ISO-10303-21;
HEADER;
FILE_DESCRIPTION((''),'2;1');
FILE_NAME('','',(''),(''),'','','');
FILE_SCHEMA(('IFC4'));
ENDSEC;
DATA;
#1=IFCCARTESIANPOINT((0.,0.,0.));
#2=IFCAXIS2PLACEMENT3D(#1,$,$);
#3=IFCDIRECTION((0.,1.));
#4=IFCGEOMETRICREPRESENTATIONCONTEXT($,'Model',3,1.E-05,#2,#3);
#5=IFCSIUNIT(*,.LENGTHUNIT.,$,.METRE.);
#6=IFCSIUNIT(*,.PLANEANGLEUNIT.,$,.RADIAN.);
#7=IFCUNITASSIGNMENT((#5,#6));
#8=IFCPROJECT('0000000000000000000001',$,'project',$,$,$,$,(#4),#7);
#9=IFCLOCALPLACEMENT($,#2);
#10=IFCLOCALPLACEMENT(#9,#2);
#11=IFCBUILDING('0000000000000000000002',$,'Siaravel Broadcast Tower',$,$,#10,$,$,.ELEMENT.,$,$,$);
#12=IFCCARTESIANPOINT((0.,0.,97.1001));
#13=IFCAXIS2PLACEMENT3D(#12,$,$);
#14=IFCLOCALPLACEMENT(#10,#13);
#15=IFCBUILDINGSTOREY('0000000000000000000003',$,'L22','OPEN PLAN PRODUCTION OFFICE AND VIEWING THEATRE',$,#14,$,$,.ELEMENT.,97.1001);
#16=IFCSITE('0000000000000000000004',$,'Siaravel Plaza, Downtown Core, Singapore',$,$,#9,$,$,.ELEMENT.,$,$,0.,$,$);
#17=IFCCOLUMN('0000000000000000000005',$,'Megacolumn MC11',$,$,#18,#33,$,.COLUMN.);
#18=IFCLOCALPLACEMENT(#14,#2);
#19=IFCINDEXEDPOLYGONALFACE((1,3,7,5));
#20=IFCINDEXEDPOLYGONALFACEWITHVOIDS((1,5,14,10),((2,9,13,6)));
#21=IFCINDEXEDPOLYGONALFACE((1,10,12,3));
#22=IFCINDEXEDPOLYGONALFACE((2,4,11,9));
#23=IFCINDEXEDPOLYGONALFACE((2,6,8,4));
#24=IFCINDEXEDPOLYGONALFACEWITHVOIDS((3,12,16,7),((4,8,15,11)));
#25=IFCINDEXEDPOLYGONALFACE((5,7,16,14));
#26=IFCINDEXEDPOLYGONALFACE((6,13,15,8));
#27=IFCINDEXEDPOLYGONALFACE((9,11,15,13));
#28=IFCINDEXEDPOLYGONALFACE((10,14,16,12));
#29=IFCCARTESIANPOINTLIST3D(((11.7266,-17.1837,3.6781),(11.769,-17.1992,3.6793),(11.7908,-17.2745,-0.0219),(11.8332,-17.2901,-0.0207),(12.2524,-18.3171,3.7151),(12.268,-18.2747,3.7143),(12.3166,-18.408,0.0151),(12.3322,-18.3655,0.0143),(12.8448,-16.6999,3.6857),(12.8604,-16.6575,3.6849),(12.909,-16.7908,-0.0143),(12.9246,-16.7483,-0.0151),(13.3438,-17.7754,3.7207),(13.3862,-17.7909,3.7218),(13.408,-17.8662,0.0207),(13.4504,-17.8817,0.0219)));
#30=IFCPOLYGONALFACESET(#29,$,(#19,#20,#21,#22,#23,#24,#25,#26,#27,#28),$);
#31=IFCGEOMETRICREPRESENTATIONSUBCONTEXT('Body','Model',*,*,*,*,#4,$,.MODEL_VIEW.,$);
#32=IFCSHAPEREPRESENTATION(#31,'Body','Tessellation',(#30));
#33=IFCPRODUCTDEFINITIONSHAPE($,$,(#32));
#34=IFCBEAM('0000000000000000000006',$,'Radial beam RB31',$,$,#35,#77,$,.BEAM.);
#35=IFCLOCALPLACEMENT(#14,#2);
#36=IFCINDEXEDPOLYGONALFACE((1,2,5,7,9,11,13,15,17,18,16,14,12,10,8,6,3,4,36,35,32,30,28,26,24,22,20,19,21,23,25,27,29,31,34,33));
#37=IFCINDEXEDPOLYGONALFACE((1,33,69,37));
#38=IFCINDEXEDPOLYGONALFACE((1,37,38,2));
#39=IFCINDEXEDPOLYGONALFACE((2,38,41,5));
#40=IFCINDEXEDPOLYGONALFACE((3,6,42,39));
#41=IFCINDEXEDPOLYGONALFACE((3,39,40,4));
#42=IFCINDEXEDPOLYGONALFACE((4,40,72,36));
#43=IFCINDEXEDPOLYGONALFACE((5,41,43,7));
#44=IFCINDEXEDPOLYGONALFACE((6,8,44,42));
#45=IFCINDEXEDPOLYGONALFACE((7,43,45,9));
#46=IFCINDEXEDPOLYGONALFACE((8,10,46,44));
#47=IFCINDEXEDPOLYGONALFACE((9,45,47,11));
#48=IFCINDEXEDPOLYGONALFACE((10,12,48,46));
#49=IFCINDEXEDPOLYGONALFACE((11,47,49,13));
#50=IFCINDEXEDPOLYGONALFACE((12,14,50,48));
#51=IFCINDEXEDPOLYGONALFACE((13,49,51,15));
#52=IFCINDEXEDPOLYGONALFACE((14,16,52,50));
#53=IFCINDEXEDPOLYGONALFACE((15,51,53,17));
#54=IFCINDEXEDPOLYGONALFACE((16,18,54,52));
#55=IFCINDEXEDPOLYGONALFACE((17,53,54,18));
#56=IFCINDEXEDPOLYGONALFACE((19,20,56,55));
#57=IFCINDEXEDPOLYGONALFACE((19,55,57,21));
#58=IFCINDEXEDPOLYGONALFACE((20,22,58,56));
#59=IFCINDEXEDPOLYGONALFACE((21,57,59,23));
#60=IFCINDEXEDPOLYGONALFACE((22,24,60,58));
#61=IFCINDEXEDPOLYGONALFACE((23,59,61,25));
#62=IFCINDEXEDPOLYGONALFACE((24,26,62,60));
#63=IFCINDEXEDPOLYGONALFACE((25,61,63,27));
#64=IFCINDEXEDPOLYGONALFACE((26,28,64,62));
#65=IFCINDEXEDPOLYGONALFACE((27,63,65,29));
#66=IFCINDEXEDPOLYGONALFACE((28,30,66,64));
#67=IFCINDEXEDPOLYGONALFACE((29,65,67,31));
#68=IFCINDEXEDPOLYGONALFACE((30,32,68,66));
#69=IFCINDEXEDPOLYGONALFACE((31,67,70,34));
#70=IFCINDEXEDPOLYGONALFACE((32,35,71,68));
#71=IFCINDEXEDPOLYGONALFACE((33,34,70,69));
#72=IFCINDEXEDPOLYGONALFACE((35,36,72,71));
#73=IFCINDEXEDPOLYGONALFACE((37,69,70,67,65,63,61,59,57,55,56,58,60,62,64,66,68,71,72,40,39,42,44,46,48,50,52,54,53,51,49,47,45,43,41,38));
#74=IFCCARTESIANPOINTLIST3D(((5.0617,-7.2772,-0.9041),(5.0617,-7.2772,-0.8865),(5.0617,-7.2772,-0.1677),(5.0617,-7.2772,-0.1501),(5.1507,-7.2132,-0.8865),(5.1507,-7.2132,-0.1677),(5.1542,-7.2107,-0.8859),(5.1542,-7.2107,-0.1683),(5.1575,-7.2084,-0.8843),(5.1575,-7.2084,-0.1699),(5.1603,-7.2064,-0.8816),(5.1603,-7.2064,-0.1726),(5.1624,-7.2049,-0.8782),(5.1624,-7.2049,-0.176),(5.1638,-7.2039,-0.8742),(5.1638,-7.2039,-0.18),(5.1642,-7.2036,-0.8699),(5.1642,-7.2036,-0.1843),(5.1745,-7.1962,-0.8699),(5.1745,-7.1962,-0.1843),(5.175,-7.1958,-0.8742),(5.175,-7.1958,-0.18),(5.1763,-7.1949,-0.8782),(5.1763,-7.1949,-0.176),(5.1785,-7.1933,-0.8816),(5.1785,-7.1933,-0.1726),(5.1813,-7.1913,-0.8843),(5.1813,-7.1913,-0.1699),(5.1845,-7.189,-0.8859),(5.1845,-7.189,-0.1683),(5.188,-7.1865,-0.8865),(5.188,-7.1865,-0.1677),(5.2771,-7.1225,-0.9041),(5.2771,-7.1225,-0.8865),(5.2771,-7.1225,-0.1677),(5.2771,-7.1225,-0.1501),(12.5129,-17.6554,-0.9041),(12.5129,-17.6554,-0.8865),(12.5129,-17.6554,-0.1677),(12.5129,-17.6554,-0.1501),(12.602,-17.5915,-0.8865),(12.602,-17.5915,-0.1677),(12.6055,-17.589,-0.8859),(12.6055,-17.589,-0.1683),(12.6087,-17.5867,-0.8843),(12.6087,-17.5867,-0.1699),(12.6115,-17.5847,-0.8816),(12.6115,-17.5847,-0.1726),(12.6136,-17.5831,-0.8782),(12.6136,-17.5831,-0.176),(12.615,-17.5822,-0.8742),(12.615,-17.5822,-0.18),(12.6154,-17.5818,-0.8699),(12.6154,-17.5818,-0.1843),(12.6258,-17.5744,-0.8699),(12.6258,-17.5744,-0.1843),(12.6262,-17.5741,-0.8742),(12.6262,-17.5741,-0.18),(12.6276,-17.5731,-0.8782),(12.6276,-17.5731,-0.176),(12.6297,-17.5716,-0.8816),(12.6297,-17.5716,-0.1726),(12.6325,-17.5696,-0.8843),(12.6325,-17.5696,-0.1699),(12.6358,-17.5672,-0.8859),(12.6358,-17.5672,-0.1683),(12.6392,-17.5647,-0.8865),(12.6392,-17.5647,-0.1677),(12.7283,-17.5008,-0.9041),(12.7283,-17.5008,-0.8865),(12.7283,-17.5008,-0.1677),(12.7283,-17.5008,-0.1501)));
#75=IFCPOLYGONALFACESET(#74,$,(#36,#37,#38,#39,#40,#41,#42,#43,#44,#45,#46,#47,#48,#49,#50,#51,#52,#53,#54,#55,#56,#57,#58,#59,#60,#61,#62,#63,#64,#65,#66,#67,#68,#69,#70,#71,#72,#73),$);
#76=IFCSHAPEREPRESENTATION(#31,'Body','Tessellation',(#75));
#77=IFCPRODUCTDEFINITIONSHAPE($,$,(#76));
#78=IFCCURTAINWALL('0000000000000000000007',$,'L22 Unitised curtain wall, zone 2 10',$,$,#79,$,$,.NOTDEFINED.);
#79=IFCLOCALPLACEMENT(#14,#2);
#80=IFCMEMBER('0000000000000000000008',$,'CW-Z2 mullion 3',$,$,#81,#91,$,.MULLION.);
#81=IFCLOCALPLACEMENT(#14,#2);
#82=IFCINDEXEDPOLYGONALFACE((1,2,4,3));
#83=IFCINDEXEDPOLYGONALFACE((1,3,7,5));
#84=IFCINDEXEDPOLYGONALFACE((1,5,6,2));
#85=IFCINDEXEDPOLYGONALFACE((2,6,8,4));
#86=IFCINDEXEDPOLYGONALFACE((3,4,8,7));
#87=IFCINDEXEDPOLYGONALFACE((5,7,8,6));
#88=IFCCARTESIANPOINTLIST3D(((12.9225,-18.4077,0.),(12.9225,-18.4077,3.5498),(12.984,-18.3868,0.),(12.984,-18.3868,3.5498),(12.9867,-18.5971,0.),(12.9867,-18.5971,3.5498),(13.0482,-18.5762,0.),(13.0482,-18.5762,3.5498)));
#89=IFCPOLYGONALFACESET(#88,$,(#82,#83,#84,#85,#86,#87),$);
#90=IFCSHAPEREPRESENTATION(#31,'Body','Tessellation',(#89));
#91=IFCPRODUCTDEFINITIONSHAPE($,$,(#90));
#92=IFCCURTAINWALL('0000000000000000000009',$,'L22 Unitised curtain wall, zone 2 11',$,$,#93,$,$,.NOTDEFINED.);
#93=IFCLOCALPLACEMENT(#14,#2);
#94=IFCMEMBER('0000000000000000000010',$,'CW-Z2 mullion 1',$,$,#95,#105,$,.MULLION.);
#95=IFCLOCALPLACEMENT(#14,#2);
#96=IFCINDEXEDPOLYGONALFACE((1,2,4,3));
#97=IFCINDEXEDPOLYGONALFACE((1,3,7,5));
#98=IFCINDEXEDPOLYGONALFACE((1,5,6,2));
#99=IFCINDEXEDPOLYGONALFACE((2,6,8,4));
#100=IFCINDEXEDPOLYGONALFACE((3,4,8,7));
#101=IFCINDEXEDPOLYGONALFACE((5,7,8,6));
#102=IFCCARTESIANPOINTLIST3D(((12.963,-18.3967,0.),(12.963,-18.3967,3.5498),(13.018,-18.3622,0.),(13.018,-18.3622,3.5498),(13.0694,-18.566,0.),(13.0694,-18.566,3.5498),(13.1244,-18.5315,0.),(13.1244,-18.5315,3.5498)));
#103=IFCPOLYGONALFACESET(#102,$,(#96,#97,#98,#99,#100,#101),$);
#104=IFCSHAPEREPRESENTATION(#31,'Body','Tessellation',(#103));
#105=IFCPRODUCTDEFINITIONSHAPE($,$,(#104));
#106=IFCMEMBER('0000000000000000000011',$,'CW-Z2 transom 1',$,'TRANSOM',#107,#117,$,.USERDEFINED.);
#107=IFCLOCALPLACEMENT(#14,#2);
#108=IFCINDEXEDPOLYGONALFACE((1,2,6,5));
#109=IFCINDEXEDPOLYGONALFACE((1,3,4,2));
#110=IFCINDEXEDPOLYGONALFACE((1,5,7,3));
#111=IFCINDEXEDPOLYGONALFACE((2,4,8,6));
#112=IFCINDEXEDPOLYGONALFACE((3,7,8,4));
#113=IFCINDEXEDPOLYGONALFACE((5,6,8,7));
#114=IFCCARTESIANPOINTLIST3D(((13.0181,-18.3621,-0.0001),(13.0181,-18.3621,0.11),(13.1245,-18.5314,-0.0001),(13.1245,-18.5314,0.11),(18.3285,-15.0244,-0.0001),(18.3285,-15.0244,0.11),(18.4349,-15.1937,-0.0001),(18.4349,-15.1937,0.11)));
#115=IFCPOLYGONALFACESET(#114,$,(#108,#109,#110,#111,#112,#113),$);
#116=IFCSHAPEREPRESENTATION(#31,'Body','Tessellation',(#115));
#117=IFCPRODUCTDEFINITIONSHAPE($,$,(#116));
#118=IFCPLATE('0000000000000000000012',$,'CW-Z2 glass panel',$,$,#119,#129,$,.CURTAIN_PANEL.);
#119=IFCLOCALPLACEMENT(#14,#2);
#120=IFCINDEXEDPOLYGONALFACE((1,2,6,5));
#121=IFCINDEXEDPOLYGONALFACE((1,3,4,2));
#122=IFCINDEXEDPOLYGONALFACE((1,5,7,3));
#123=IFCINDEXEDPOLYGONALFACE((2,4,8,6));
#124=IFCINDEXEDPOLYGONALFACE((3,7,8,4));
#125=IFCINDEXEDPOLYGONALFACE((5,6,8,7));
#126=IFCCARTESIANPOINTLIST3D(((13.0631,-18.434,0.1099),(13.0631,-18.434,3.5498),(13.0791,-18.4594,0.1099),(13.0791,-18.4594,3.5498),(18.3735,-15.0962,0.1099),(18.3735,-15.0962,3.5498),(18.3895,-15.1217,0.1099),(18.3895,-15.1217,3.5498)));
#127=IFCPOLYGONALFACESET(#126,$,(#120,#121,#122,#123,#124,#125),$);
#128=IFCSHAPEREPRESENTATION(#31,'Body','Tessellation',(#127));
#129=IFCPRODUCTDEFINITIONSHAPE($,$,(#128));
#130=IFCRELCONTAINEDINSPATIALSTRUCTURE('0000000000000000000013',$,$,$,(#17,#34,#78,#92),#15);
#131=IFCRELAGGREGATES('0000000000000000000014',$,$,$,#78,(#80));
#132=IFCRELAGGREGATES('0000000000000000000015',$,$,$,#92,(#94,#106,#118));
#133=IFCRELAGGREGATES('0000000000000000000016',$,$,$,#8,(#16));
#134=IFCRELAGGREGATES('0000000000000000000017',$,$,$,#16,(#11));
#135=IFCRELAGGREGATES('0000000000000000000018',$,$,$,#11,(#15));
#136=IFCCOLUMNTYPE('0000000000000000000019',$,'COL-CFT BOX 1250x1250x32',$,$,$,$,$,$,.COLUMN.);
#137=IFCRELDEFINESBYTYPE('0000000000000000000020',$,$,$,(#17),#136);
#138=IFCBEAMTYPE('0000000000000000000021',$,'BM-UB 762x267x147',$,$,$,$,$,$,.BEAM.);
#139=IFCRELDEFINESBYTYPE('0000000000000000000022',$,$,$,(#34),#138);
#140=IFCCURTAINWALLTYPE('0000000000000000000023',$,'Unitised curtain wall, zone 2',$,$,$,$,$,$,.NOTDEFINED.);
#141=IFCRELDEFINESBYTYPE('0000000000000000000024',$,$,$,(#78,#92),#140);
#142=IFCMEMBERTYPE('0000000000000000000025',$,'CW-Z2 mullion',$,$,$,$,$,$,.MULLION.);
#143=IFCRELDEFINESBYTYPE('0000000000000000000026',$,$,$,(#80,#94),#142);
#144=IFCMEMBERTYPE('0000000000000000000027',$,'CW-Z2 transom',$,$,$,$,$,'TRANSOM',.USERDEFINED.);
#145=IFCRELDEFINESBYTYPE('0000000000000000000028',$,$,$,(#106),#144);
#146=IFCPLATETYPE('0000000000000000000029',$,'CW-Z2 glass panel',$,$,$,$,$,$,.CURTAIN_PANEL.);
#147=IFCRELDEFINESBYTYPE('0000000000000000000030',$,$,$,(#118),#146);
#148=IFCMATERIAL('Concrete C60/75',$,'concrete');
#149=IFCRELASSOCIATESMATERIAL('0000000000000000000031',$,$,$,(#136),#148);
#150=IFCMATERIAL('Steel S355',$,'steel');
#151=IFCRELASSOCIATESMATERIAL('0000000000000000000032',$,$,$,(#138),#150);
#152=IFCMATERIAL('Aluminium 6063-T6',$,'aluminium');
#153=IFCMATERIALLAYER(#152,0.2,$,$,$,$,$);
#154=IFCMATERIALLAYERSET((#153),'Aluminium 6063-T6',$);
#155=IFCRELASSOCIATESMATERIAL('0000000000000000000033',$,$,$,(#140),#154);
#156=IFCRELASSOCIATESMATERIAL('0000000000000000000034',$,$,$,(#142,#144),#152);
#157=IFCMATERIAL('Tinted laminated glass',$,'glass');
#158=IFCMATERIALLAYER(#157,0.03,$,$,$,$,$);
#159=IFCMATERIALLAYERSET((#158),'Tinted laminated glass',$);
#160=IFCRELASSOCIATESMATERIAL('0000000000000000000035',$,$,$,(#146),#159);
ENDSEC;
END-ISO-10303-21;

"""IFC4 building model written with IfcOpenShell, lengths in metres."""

from ifc_helpers import new_model, si_unit, direction, frame, origin, origin_2d, place, context, subcontext, project, spatial, rectangle, hollow_rectangle, i_section, extrude, material, layer, layer_set, material_profile, profile_set, type_object, element, aggregate, save


model = new_model("IFC4")

# Units and contexts
model_context = context("Model", 3, precision=1e-05, world=origin(), true_north=direction((0.0, 1.0)))
body_context = subcontext(model_context, "Body", "Model", "MODEL_VIEW")
ifc_project = project(units=[si_unit("LENGTHUNIT", "METRE"), si_unit("PLANEANGLEUNIT", "RADIAN")], contexts=[model_context])

# Site, building, storey
site_placement = place(None, origin())
site = spatial("IfcSite", under=ifc_project, at=site_placement, Name="Siaravel Plaza, Downtown Core, Singapore", CompositionType="ELEMENT", RefElevation=0.0)
building_placement = place(site_placement, origin())
building = spatial("IfcBuilding", under=site, at=building_placement, Name="Siaravel Broadcast Tower", CompositionType="ELEMENT")
storey_placement = place(building_placement, frame((0.0, 0.0, 97.1001)))
storey = spatial("IfcBuildingStorey", under=building, at=storey_placement, Name="L22", Description="OPEN PLAN PRODUCTION OFFICE AND VIEWING THEATRE", CompositionType="ELEMENT", Elevation=97.1001)

# Column
ifc_material_1 = material(Name="Concrete C60/75", Category="concrete")
ifc_material_profile_1 = material_profile(ifc_material_1, hollow_rectangle(XDim=1.25, YDim=1.25, WallThickness=0.032, at=origin_2d()))
ifc_profile_set_1 = profile_set([ifc_material_profile_1], Name="Concrete C60/75")
column_type = type_object("IfcColumnType", Name="COL-CFT BOX 1250x1250x32", PredefinedType="COLUMN", material=ifc_profile_set_1)
column_placement = place(storey_placement, frame((12.6206, -17.5781, 0.0), z_axis=(-0.017346, 0.024535, 0.999548), x_axis=(-0.907049, -0.42099, -0.005407)))
element("IfcColumn", 1, at=column_placement, inside=storey, type_object=column_type, Name="Megacolumn MC11", PredefinedType="COLUMN", context=body_context, shape_type="SweptSolid", body=[
    extrude(hollow_rectangle(XDim=1.25, YDim=1.25, WallThickness=0.032, at=origin_2d()), origin(), (0.0, 0.0, 1.0), 3.7017),
])

# Beam
ifc_material_2 = material(Name="Steel S355", Category="steel")
ifc_material_profile_2 = material_profile(ifc_material_2, i_section(OverallWidth=0.2651, OverallDepth=0.7539, WebThickness=0.0127, FlangeThickness=0.0176, FilletRadius=0.0166, at=origin_2d()))
ifc_profile_set_2 = profile_set([ifc_material_profile_2], Name="Steel S355")
beam_type = type_object("IfcBeamType", Name="BM-UB 762x267x147", PredefinedType="BEAM", material=ifc_profile_set_2)
beam_placement = place(storey_placement, frame((12.6206, -17.5781, -0.5271), z_axis=(-0.583216, 0.812317, 0.0), x_axis=(-0.812317, -0.583216, 0.0)))
element("IfcBeam", 2, at=beam_placement, inside=storey, type_object=beam_type, Name="Radial beam RB31", PredefinedType="BEAM", context=body_context, shape_type="SweptSolid", body=[
    extrude(i_section(OverallWidth=0.2651, OverallDepth=0.7539, WebThickness=0.0127, FlangeThickness=0.0176, FilletRadius=0.0166, at=origin_2d()), origin(), (0.0, 0.0, 1.0), 12.7761),
])

# Curtain wall, member
ifc_material_3 = material(Name="Aluminium 6063-T6", Category="aluminium")
ifc_layer_1 = layer(ifc_material_3, 0.2)
ifc_layer_set_1 = layer_set([ifc_layer_1], Name="Aluminium 6063-T6")
curtain_wall_type = type_object("IfcCurtainWallType", Name="Unitised curtain wall, zone 2", PredefinedType="NOTDEFINED", material=ifc_layer_set_1)
curtain_wall_1_placement = place(storey_placement, origin())
curtain_wall_1 = element("IfcCurtainWall", 3, at=curtain_wall_1_placement, inside=storey, type_object=curtain_wall_type, Name="L22 Unitised curtain wall, zone 2 10", PredefinedType="NOTDEFINED")
ifc_material_profile_3 = material_profile(ifc_material_3, rectangle(XDim=0.2, YDim=0.0649, at=origin_2d()))
ifc_profile_set_3 = profile_set([ifc_material_profile_3], Name="Aluminium 6063-T6")
member_type_1 = type_object("IfcMemberType", Name="CW-Z2 mullion", PredefinedType="MULLION", material=ifc_profile_set_3)
member_1_placement = place(storey_placement, frame((12.9854, -18.4919, 0.0), z_axis=(0.0, 0.0, 1.0), x_axis=(-0.3213, 0.946977, 0.0)))
member_1 = element("IfcMember", 4, at=member_1_placement, type_object=member_type_1, Name="CW-Z2 mullion 3", PredefinedType="MULLION", context=body_context, shape_type="SweptSolid", body=[
    extrude(rectangle(XDim=0.2, YDim=0.0649, at=origin_2d()), origin(), (0.0, 0.0, 1.0), 3.5498),
])
aggregate(curtain_wall_1, [member_1])

# Curtain wall, members, plate
curtain_wall_2_placement = place(storey_placement, origin())
curtain_wall_2 = element("IfcCurtainWall", 5, at=curtain_wall_2_placement, inside=storey, type_object=curtain_wall_type, Name="L22 Unitised curtain wall, zone 2 11", PredefinedType="NOTDEFINED")
member_2_placement = place(storey_placement, frame((13.0437, -18.4641, 0.0), z_axis=(0.0, 0.0, 1.0), x_axis=(-0.532149, 0.846651, 0.0)))
member_2 = element("IfcMember", 6, at=member_2_placement, type_object=member_type_1, Name="CW-Z2 mullion 1", PredefinedType="MULLION", context=body_context, shape_type="SweptSolid", body=[
    extrude(rectangle(XDim=0.2, YDim=0.0649, at=origin_2d()), origin(), (0.0, 0.0, 1.0), 3.5498),
])
ifc_material_profile_4 = material_profile(ifc_material_3, rectangle(XDim=0.2, YDim=0.1101, at=origin_2d()))
ifc_profile_set_4 = profile_set([ifc_material_profile_4], Name="Aluminium 6063-T6")
member_type_2 = type_object("IfcMemberType", Name="CW-Z2 transom", ElementType="TRANSOM", PredefinedType="USERDEFINED", material=ifc_profile_set_4)
member_3_placement = place(storey_placement, frame((13.0713, -18.4468, 0.0549), z_axis=(0.846655, 0.532142, 0.0), x_axis=(-0.532142, 0.846655, 0.0)))
member_3 = element("IfcMember", 7, at=member_3_placement, type_object=member_type_2, Name="CW-Z2 transom 1", ObjectType="TRANSOM", PredefinedType="USERDEFINED", context=body_context, shape_type="SweptSolid", body=[
    extrude(rectangle(XDim=0.2, YDim=0.1101, at=origin_2d()), origin(), (0.0, 0.0, 1.0), 6.2722),
])
ifc_material_4 = material(Name="Tinted laminated glass", Category="glass")
ifc_layer_2 = layer(ifc_material_4, 0.03)
ifc_layer_set_2 = layer_set([ifc_layer_2], Name="Tinted laminated glass")
plate_type = type_object("IfcPlateType", Name="CW-Z2 glass panel", PredefinedType="CURTAIN_PANEL", material=ifc_layer_set_2)
plate_placement = place(storey_placement, frame((15.7263, -16.7778, 0.1099), z_axis=(0.0, 0.0, 1.0), x_axis=(0.846651, 0.532149, 0.0)))
plate = element("IfcPlate", 8, at=plate_placement, type_object=plate_type, Name="CW-Z2 glass panel", PredefinedType="CURTAIN_PANEL", context=body_context, shape_type="SweptSolid", body=[
    extrude(rectangle(XDim=6.2722, YDim=0.03, at=origin_2d()), origin(), (0.0, 0.0, 1.0), 3.4399),
])
aggregate(curtain_wall_2, [member_2, member_3, plate])

save(model, "model.ifc")
